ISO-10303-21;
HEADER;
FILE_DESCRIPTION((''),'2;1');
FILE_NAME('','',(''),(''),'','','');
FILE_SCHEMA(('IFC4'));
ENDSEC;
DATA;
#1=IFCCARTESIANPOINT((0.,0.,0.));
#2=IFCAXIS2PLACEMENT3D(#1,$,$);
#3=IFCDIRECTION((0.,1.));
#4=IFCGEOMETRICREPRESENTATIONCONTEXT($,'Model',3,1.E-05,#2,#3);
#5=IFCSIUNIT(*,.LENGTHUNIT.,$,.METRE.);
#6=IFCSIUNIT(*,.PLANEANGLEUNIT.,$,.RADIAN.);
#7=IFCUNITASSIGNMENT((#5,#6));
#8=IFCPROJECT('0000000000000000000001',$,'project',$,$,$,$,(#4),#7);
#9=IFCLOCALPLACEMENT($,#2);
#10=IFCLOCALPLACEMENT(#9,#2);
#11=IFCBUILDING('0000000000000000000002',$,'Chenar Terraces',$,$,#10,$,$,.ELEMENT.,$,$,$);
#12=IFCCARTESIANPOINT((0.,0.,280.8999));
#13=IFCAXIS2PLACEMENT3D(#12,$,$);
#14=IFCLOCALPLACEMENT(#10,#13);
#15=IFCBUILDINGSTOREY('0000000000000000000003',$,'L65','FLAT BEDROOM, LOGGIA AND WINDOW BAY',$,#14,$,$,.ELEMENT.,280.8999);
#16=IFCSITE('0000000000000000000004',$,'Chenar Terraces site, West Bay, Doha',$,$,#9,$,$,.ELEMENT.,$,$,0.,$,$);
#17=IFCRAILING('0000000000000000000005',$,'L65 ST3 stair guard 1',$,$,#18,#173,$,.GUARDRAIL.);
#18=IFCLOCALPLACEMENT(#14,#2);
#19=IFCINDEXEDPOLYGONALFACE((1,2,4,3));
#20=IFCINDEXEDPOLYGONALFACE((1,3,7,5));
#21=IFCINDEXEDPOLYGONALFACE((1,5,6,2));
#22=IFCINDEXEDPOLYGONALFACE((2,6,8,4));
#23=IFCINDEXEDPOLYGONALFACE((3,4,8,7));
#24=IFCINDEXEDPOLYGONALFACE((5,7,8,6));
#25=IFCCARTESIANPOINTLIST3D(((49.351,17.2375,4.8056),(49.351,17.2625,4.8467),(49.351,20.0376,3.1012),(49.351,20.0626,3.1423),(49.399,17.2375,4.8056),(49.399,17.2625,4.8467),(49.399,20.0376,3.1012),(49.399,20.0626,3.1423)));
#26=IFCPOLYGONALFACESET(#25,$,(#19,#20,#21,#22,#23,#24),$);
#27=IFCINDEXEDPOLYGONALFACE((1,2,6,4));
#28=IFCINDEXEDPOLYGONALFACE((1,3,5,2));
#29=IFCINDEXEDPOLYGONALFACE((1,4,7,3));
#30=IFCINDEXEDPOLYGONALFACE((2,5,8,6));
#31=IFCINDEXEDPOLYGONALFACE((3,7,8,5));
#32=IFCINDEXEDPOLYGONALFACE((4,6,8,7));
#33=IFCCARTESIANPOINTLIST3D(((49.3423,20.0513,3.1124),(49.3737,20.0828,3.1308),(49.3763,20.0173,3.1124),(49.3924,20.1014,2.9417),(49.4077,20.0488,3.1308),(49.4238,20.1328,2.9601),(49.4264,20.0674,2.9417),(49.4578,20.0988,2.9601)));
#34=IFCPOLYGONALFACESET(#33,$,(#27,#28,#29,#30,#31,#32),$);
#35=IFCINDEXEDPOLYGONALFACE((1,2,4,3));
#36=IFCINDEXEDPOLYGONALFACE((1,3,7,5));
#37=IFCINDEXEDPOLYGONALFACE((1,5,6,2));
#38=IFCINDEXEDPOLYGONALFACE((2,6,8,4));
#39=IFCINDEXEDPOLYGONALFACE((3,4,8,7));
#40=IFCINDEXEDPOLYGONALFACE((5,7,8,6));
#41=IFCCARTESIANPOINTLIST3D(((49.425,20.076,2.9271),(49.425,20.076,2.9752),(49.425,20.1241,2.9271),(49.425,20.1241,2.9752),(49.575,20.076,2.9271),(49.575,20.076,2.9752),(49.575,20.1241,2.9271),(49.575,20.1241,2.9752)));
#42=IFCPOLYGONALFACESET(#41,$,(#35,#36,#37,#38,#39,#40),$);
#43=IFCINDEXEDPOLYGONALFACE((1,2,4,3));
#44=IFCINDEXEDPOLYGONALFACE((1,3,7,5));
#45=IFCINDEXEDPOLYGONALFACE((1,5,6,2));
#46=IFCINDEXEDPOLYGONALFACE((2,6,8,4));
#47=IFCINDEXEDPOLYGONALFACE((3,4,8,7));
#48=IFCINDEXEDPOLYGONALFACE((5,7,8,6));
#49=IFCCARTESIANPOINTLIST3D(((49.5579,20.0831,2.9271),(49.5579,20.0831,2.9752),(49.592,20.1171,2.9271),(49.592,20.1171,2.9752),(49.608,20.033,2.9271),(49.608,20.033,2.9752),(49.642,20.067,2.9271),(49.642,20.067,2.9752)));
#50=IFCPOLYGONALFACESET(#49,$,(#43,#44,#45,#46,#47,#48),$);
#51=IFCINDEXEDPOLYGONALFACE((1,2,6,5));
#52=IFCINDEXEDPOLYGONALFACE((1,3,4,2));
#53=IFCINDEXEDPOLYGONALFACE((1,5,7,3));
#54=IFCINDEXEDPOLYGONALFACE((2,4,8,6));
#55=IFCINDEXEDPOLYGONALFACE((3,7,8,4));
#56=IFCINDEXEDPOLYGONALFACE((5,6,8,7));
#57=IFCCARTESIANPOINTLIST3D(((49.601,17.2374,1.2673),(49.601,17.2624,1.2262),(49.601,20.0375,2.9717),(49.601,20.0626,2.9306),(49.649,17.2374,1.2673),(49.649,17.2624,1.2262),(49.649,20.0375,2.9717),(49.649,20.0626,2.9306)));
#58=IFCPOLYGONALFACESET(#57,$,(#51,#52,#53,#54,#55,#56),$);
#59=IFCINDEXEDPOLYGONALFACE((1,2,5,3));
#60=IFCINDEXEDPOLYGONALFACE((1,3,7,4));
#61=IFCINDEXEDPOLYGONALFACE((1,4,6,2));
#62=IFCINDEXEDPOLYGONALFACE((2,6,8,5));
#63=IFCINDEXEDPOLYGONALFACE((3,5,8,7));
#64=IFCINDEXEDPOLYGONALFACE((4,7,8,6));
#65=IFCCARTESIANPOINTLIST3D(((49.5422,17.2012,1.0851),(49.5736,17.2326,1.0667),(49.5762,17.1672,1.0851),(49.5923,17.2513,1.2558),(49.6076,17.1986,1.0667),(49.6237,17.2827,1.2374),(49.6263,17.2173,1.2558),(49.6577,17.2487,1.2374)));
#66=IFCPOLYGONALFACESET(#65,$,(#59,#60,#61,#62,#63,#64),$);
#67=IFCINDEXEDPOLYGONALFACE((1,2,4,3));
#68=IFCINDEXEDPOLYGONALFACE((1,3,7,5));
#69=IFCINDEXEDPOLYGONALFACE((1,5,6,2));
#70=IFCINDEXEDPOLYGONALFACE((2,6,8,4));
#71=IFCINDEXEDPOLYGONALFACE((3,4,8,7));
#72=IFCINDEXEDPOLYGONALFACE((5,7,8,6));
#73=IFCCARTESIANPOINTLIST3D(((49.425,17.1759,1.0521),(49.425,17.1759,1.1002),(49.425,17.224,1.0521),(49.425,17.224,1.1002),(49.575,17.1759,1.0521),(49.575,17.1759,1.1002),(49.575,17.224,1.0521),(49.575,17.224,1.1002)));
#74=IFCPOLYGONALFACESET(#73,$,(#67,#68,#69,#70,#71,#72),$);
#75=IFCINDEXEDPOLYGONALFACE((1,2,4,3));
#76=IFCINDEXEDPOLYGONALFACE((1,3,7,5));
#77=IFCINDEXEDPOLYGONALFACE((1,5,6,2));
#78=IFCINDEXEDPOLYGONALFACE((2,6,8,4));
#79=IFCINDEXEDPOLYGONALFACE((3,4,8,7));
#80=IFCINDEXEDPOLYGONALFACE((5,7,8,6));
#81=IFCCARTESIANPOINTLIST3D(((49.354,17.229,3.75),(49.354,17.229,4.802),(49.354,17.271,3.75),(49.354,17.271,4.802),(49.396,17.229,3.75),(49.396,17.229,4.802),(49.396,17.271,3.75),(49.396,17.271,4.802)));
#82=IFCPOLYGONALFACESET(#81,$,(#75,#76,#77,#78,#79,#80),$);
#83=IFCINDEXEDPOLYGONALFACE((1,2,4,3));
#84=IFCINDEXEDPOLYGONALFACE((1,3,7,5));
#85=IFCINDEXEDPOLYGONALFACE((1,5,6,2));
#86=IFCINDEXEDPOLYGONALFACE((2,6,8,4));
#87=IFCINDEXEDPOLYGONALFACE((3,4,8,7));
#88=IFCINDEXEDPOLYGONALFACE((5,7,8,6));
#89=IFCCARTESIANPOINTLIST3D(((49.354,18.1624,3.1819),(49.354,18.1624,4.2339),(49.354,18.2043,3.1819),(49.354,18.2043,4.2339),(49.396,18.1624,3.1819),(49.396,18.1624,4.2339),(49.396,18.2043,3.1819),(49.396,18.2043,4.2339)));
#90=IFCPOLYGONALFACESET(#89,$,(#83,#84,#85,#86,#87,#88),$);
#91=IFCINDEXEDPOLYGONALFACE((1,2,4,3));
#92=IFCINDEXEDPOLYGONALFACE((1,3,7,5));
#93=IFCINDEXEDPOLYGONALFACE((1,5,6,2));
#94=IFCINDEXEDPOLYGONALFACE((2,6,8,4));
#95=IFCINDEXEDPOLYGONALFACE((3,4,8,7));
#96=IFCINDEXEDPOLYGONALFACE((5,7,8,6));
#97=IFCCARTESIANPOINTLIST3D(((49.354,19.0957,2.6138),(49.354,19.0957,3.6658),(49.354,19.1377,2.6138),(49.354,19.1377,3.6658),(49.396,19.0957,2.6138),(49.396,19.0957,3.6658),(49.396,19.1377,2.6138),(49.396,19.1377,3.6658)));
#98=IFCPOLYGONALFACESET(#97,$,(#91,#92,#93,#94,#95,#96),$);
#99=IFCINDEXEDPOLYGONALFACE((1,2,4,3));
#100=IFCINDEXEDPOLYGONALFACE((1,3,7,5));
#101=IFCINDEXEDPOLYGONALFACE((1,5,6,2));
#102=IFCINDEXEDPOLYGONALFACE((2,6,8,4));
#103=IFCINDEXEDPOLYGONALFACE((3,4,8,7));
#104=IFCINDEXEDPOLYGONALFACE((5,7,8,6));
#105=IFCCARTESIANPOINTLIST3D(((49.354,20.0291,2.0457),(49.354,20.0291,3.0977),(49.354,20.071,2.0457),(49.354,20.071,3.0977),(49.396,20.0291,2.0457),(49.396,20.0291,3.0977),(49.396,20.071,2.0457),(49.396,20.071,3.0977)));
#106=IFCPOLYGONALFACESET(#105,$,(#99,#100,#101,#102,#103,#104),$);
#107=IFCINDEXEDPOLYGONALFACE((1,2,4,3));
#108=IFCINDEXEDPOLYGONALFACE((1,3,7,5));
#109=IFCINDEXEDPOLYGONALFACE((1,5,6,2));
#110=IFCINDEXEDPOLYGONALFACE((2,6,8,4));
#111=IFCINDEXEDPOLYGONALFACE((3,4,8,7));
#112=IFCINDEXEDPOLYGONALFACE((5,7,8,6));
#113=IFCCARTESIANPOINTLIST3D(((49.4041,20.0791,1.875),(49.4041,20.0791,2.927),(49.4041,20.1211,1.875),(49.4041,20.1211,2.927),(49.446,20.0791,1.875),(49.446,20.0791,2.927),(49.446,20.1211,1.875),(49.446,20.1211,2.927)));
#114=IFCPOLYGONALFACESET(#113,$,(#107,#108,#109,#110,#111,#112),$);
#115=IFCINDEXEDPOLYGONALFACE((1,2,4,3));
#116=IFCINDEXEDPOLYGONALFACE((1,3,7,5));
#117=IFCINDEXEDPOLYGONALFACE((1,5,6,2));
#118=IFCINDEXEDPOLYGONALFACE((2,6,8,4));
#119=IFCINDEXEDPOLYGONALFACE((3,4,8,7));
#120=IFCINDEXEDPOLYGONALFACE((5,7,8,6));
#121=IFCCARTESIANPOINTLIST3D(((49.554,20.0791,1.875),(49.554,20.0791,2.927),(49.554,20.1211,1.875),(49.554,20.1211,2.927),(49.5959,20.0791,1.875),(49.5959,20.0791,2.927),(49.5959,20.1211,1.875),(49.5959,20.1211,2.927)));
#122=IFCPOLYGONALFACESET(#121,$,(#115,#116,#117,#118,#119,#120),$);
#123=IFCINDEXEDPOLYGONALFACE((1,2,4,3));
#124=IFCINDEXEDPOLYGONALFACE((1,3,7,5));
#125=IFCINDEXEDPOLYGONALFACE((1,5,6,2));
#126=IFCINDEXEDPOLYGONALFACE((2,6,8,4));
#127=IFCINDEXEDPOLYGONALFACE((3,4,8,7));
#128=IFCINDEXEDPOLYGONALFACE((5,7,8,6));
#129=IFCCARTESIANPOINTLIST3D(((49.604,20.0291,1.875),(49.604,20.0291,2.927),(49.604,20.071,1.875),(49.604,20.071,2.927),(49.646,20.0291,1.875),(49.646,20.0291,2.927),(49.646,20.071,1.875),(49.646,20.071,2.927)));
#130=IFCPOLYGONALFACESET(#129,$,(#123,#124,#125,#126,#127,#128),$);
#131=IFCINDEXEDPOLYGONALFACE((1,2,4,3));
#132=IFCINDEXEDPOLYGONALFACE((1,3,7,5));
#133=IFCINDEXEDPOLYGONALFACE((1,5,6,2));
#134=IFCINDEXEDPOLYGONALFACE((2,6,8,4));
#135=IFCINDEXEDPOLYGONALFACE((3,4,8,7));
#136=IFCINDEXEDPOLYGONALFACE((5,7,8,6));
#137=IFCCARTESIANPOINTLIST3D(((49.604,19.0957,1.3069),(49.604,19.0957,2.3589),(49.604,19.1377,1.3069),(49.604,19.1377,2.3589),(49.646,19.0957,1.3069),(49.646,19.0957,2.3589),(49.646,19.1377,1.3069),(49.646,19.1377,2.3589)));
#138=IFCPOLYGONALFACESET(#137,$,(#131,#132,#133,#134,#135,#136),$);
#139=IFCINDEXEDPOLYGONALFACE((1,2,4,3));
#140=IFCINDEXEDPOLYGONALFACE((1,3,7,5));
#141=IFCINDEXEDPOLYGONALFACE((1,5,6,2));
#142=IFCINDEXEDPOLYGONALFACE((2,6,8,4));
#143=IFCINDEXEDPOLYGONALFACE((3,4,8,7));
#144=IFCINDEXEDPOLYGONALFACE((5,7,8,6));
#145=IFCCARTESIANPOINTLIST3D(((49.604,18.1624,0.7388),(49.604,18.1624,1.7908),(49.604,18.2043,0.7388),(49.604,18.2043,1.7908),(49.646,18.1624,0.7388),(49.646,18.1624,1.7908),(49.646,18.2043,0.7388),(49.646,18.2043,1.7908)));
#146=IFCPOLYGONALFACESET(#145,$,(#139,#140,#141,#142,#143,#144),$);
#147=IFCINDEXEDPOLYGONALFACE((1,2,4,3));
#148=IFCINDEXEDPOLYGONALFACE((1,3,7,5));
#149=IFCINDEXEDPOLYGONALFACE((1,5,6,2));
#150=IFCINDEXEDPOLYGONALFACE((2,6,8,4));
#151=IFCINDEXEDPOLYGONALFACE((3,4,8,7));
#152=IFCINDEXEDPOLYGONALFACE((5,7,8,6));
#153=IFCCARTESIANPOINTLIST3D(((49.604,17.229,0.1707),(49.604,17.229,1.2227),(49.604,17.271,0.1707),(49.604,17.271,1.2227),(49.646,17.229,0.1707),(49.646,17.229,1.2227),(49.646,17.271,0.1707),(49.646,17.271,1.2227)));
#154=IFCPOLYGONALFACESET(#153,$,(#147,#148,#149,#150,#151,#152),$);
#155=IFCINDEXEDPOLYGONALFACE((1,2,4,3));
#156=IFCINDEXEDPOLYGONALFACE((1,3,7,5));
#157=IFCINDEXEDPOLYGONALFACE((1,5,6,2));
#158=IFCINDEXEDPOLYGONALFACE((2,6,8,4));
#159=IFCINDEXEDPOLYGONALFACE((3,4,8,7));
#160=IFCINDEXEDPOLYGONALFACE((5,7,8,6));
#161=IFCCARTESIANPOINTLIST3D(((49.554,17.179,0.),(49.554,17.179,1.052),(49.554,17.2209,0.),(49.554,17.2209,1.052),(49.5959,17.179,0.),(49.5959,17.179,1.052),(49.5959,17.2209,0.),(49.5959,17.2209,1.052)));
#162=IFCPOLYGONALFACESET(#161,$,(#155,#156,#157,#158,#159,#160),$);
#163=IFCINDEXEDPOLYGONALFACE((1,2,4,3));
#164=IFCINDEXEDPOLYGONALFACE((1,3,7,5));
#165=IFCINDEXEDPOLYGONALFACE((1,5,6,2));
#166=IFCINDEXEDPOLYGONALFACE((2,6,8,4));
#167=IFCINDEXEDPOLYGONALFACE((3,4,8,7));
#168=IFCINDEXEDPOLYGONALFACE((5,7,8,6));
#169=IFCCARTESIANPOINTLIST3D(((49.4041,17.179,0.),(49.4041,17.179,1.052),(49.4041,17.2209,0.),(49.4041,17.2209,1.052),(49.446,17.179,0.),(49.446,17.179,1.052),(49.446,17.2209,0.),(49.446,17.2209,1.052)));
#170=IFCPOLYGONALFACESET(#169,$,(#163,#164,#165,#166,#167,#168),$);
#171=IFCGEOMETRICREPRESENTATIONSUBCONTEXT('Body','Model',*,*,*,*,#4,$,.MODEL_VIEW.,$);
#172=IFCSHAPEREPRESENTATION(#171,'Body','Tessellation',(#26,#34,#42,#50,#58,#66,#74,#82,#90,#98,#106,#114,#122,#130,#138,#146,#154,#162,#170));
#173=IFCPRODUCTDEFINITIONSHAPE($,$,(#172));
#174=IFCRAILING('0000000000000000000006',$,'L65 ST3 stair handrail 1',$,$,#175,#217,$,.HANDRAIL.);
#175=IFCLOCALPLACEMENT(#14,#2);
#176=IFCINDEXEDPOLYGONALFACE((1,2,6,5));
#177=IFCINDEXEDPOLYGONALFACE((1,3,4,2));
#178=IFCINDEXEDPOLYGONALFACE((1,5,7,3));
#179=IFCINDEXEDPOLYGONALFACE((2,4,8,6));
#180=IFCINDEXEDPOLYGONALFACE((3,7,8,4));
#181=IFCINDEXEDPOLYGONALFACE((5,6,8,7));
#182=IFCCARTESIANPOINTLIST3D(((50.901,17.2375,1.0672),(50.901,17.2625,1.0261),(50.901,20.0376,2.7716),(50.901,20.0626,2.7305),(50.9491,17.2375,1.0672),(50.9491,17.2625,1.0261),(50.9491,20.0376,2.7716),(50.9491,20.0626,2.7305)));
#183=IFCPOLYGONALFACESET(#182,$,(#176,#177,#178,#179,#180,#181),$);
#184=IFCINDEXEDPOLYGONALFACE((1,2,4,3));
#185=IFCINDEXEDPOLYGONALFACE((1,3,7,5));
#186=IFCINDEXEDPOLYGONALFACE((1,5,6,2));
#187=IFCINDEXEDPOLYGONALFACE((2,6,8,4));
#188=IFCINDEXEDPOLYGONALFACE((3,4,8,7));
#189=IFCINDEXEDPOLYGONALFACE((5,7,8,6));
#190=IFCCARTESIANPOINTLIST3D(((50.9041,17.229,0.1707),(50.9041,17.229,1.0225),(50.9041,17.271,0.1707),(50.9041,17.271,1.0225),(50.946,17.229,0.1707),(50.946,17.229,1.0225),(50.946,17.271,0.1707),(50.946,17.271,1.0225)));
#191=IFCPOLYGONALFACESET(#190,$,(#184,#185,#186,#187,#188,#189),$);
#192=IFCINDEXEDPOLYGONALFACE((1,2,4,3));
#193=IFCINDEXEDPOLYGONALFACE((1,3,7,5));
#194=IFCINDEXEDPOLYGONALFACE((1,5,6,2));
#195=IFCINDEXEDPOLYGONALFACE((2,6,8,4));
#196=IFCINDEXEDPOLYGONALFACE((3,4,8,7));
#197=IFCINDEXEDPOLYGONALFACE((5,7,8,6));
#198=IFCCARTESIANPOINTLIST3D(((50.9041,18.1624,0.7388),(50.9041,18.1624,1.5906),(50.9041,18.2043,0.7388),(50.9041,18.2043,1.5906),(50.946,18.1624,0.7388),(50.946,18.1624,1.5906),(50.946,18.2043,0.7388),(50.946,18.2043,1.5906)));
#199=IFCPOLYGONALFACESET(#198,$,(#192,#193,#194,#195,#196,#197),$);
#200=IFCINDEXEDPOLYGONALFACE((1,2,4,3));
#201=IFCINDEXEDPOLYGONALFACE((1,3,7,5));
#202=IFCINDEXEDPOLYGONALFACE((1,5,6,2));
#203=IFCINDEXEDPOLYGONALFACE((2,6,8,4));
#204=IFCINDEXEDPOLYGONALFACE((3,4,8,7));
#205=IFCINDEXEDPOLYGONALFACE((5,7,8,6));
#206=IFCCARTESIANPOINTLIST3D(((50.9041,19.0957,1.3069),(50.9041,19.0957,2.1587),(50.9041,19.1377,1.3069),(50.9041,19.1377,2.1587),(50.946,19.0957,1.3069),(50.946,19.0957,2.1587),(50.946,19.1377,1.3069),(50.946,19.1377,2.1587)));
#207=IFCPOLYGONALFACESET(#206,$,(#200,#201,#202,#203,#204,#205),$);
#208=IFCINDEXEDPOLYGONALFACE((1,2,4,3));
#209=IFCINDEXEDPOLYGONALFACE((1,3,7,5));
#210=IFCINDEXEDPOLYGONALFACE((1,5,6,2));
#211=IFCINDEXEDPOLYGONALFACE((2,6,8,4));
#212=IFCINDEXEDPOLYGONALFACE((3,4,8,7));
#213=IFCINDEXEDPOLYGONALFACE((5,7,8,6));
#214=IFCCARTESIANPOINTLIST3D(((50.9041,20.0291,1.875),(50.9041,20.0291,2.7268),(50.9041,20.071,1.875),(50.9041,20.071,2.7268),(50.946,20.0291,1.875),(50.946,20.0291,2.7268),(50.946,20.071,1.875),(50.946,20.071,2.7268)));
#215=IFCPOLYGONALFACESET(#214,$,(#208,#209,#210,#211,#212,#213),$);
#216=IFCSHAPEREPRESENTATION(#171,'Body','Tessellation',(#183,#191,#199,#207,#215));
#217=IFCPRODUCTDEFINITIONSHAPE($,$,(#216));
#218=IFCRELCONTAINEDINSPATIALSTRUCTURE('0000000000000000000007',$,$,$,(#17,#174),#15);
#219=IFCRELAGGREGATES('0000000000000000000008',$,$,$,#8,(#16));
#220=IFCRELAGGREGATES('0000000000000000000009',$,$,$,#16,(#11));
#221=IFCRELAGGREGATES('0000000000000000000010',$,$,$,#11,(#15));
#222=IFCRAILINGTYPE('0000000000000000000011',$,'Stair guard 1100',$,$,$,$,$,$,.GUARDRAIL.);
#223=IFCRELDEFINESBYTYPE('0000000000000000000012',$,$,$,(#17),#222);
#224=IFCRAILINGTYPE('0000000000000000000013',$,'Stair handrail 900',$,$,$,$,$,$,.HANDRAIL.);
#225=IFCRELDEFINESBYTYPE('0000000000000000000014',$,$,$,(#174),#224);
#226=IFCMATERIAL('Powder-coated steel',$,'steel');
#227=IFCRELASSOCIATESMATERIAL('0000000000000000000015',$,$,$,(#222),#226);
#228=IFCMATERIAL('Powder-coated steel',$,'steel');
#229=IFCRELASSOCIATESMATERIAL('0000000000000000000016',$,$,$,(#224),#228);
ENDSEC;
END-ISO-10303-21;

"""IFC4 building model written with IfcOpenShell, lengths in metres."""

from ifc_helpers import new_model, si_unit, direction, frame, origin, origin_2d, place, context, subcontext, project, spatial, rectangle, extrude, material, type_object, element, save


model = new_model("IFC4")

# Units and contexts
model_context = context("Model", 3, precision=1e-05, world=origin(), true_north=direction((0.0, 1.0)))
body_context = subcontext(model_context, "Body", "Model", "MODEL_VIEW")
ifc_project = project(units=[si_unit("LENGTHUNIT", "METRE"), si_unit("PLANEANGLEUNIT", "RADIAN")], contexts=[model_context])

# Site, building, storey
site_placement = place(None, origin())
site = spatial("IfcSite", under=ifc_project, at=site_placement, Name="Chenar Terraces site, West Bay, Doha", CompositionType="ELEMENT", RefElevation=0.0)
building_placement = place(site_placement, origin())
building = spatial("IfcBuilding", under=site, at=building_placement, Name="Chenar Terraces", CompositionType="ELEMENT")
storey_placement = place(building_placement, frame((0.0, 0.0, 280.8999)))
storey = spatial("IfcBuildingStorey", under=building, at=storey_placement, Name="L65", Description="FLAT BEDROOM, LOGGIA AND WINDOW BAY", CompositionType="ELEMENT", Elevation=280.8999)

# Railings
ifc_material_1 = material(Name="Powder-coated steel", Category="steel")
railing_type_1 = type_object("IfcRailingType", Name="Stair guard 1100", PredefinedType="GUARDRAIL", material=ifc_material_1)
railing_1_placement = place(storey_placement, frame((49.375, 17.25, 3.75)))
element("IfcRailing", 1, at=railing_1_placement, inside=storey, type_object=railing_type_1, Name="L65 ST3 stair guard 1", PredefinedType="GUARDRAIL", context=body_context, shape_type="SweptSolid", body=[
    extrude(rectangle(XDim=0.0481, YDim=0.0481, at=origin_2d()), frame((0.0, 0.0, 1.0762), z_axis=(0.0, 0.854203, -0.51994), x_axis=(-1.0, 0.0, 0.0)), (0.0, 0.0, 1.0), 3.2781),
    extrude(rectangle(XDim=0.0481, YDim=0.0481, at=origin_2d()), frame((0.0, 2.8, -0.6284), z_axis=(0.2709, 0.2709, -0.923703), x_axis=(-0.707107, 0.707107, 0.0)), (0.0, 0.0, 1.0), 0.1848),
    extrude(rectangle(XDim=0.0481, YDim=0.0481, at=origin_2d()), frame((0.05, 2.8501, -0.7988), z_axis=(1.0, 0.0, 0.0), x_axis=(0.0, 1.0, 0.0)), (0.0, 0.0, 1.0), 0.1499),
    extrude(rectangle(XDim=0.0481, YDim=0.0481, at=origin_2d()), frame((0.2, 2.8501, -0.7988), z_axis=(0.707107, -0.707107, 0.0), x_axis=(0.707107, 0.707107, 0.0)), (0.0, 0.0, 1.0), 0.0708),
    extrude(rectangle(XDim=0.0481, YDim=0.0481, at=origin_2d()), frame((0.25, 2.8, -0.7988), z_axis=(0.0, -0.854203, -0.51994), x_axis=(1.0, 0.0, 0.0)), (0.0, 0.0, 1.0), 3.2781),
    extrude(rectangle(XDim=0.0481, YDim=0.0481, at=origin_2d()), frame((0.25, 0.0, -2.5034), z_axis=(-0.2709, -0.2709, -0.923703), x_axis=(0.707107, -0.707107, 0.0)), (0.0, 0.0, 1.0), 0.1848),
    extrude(rectangle(XDim=0.0481, YDim=0.0481, at=origin_2d()), frame((0.2, -0.05, -2.6738), z_axis=(-1.0, 0.0, 0.0), x_axis=(0.0, -1.0, 0.0)), (0.0, 0.0, 1.0), 0.1499),
    extrude(rectangle(XDim=0.042, YDim=0.042, at=origin_2d()), origin(), (0.0, 0.0, 1.0), 1.052),
    extrude(rectangle(XDim=0.042, YDim=0.042, at=origin_2d()), frame((0.0, 0.9333, -0.5681)), (0.0, 0.0, 1.0), 1.052),
    extrude(rectangle(XDim=0.042, YDim=0.042, at=origin_2d()), frame((0.0, 1.8667, -1.1362)), (0.0, 0.0, 1.0), 1.052),
    extrude(rectangle(XDim=0.042, YDim=0.042, at=origin_2d()), frame((0.0, 2.8, -1.7043)), (0.0, 0.0, 1.0), 1.052),
    extrude(rectangle(XDim=0.042, YDim=0.042, at=origin_2d()), frame((0.05, 2.8501, -1.875)), (0.0, 0.0, 1.0), 1.052),
    extrude(rectangle(XDim=0.042, YDim=0.042, at=origin_2d()), frame((0.2, 2.8501, -1.875)), (0.0, 0.0, 1.0), 1.052),
    extrude(rectangle(XDim=0.042, YDim=0.042, at=origin_2d()), frame((0.25, 2.8, -1.875)), (0.0, 0.0, 1.0), 1.052),
    extrude(rectangle(XDim=0.042, YDim=0.042, at=origin_2d()), frame((0.25, 1.8667, -2.4431)), (0.0, 0.0, 1.0), 1.052),
    extrude(rectangle(XDim=0.042, YDim=0.042, at=origin_2d()), frame((0.25, 0.9333, -3.0112)), (0.0, 0.0, 1.0), 1.052),
    extrude(rectangle(XDim=0.042, YDim=0.042, at=origin_2d()), frame((0.25, 0.0, -3.5793)), (0.0, 0.0, 1.0), 1.052),
    extrude(rectangle(XDim=0.042, YDim=0.042, at=origin_2d()), frame((0.2, -0.05, -3.75)), (0.0, 0.0, 1.0), 1.052),
    extrude(rectangle(XDim=0.042, YDim=0.042, at=origin_2d()), frame((0.05, -0.05, -3.75)), (0.0, 0.0, 1.0), 1.052),
])
ifc_material_2 = material(Name="Powder-coated steel", Category="steel")
railing_type_2 = type_object("IfcRailingType", Name="Stair handrail 900", PredefinedType="HANDRAIL", material=ifc_material_2)
railing_2_placement = place(storey_placement, frame((50.925, 17.25, 0.1707)))
element("IfcRailing", 2, at=railing_2_placement, inside=storey, type_object=railing_type_2, Name="L65 ST3 stair handrail 1", PredefinedType="HANDRAIL", context=body_context, shape_type="SweptSolid", body=[
    extrude(rectangle(XDim=0.0481, YDim=0.0481, at=origin_2d()), frame((0.0, 0.0, 0.876), z_axis=(0.0, 0.854203, 0.51994), x_axis=(-1.0, 0.0, 0.0)), (0.0, 0.0, 1.0), 3.2781),
    extrude(rectangle(XDim=0.042, YDim=0.042, at=origin_2d()), origin(), (0.0, 0.0, 1.0), 0.8518),
    extrude(rectangle(XDim=0.042, YDim=0.042, at=origin_2d()), frame((0.0, 0.9333, 0.5681)), (0.0, 0.0, 1.0), 0.8518),
    extrude(rectangle(XDim=0.042, YDim=0.042, at=origin_2d()), frame((0.0, 1.8667, 1.1362)), (0.0, 0.0, 1.0), 0.8518),
    extrude(rectangle(XDim=0.042, YDim=0.042, at=origin_2d()), frame((0.0, 2.8, 1.7043)), (0.0, 0.0, 1.0), 0.8518),
])

save(model, "model.ifc")
